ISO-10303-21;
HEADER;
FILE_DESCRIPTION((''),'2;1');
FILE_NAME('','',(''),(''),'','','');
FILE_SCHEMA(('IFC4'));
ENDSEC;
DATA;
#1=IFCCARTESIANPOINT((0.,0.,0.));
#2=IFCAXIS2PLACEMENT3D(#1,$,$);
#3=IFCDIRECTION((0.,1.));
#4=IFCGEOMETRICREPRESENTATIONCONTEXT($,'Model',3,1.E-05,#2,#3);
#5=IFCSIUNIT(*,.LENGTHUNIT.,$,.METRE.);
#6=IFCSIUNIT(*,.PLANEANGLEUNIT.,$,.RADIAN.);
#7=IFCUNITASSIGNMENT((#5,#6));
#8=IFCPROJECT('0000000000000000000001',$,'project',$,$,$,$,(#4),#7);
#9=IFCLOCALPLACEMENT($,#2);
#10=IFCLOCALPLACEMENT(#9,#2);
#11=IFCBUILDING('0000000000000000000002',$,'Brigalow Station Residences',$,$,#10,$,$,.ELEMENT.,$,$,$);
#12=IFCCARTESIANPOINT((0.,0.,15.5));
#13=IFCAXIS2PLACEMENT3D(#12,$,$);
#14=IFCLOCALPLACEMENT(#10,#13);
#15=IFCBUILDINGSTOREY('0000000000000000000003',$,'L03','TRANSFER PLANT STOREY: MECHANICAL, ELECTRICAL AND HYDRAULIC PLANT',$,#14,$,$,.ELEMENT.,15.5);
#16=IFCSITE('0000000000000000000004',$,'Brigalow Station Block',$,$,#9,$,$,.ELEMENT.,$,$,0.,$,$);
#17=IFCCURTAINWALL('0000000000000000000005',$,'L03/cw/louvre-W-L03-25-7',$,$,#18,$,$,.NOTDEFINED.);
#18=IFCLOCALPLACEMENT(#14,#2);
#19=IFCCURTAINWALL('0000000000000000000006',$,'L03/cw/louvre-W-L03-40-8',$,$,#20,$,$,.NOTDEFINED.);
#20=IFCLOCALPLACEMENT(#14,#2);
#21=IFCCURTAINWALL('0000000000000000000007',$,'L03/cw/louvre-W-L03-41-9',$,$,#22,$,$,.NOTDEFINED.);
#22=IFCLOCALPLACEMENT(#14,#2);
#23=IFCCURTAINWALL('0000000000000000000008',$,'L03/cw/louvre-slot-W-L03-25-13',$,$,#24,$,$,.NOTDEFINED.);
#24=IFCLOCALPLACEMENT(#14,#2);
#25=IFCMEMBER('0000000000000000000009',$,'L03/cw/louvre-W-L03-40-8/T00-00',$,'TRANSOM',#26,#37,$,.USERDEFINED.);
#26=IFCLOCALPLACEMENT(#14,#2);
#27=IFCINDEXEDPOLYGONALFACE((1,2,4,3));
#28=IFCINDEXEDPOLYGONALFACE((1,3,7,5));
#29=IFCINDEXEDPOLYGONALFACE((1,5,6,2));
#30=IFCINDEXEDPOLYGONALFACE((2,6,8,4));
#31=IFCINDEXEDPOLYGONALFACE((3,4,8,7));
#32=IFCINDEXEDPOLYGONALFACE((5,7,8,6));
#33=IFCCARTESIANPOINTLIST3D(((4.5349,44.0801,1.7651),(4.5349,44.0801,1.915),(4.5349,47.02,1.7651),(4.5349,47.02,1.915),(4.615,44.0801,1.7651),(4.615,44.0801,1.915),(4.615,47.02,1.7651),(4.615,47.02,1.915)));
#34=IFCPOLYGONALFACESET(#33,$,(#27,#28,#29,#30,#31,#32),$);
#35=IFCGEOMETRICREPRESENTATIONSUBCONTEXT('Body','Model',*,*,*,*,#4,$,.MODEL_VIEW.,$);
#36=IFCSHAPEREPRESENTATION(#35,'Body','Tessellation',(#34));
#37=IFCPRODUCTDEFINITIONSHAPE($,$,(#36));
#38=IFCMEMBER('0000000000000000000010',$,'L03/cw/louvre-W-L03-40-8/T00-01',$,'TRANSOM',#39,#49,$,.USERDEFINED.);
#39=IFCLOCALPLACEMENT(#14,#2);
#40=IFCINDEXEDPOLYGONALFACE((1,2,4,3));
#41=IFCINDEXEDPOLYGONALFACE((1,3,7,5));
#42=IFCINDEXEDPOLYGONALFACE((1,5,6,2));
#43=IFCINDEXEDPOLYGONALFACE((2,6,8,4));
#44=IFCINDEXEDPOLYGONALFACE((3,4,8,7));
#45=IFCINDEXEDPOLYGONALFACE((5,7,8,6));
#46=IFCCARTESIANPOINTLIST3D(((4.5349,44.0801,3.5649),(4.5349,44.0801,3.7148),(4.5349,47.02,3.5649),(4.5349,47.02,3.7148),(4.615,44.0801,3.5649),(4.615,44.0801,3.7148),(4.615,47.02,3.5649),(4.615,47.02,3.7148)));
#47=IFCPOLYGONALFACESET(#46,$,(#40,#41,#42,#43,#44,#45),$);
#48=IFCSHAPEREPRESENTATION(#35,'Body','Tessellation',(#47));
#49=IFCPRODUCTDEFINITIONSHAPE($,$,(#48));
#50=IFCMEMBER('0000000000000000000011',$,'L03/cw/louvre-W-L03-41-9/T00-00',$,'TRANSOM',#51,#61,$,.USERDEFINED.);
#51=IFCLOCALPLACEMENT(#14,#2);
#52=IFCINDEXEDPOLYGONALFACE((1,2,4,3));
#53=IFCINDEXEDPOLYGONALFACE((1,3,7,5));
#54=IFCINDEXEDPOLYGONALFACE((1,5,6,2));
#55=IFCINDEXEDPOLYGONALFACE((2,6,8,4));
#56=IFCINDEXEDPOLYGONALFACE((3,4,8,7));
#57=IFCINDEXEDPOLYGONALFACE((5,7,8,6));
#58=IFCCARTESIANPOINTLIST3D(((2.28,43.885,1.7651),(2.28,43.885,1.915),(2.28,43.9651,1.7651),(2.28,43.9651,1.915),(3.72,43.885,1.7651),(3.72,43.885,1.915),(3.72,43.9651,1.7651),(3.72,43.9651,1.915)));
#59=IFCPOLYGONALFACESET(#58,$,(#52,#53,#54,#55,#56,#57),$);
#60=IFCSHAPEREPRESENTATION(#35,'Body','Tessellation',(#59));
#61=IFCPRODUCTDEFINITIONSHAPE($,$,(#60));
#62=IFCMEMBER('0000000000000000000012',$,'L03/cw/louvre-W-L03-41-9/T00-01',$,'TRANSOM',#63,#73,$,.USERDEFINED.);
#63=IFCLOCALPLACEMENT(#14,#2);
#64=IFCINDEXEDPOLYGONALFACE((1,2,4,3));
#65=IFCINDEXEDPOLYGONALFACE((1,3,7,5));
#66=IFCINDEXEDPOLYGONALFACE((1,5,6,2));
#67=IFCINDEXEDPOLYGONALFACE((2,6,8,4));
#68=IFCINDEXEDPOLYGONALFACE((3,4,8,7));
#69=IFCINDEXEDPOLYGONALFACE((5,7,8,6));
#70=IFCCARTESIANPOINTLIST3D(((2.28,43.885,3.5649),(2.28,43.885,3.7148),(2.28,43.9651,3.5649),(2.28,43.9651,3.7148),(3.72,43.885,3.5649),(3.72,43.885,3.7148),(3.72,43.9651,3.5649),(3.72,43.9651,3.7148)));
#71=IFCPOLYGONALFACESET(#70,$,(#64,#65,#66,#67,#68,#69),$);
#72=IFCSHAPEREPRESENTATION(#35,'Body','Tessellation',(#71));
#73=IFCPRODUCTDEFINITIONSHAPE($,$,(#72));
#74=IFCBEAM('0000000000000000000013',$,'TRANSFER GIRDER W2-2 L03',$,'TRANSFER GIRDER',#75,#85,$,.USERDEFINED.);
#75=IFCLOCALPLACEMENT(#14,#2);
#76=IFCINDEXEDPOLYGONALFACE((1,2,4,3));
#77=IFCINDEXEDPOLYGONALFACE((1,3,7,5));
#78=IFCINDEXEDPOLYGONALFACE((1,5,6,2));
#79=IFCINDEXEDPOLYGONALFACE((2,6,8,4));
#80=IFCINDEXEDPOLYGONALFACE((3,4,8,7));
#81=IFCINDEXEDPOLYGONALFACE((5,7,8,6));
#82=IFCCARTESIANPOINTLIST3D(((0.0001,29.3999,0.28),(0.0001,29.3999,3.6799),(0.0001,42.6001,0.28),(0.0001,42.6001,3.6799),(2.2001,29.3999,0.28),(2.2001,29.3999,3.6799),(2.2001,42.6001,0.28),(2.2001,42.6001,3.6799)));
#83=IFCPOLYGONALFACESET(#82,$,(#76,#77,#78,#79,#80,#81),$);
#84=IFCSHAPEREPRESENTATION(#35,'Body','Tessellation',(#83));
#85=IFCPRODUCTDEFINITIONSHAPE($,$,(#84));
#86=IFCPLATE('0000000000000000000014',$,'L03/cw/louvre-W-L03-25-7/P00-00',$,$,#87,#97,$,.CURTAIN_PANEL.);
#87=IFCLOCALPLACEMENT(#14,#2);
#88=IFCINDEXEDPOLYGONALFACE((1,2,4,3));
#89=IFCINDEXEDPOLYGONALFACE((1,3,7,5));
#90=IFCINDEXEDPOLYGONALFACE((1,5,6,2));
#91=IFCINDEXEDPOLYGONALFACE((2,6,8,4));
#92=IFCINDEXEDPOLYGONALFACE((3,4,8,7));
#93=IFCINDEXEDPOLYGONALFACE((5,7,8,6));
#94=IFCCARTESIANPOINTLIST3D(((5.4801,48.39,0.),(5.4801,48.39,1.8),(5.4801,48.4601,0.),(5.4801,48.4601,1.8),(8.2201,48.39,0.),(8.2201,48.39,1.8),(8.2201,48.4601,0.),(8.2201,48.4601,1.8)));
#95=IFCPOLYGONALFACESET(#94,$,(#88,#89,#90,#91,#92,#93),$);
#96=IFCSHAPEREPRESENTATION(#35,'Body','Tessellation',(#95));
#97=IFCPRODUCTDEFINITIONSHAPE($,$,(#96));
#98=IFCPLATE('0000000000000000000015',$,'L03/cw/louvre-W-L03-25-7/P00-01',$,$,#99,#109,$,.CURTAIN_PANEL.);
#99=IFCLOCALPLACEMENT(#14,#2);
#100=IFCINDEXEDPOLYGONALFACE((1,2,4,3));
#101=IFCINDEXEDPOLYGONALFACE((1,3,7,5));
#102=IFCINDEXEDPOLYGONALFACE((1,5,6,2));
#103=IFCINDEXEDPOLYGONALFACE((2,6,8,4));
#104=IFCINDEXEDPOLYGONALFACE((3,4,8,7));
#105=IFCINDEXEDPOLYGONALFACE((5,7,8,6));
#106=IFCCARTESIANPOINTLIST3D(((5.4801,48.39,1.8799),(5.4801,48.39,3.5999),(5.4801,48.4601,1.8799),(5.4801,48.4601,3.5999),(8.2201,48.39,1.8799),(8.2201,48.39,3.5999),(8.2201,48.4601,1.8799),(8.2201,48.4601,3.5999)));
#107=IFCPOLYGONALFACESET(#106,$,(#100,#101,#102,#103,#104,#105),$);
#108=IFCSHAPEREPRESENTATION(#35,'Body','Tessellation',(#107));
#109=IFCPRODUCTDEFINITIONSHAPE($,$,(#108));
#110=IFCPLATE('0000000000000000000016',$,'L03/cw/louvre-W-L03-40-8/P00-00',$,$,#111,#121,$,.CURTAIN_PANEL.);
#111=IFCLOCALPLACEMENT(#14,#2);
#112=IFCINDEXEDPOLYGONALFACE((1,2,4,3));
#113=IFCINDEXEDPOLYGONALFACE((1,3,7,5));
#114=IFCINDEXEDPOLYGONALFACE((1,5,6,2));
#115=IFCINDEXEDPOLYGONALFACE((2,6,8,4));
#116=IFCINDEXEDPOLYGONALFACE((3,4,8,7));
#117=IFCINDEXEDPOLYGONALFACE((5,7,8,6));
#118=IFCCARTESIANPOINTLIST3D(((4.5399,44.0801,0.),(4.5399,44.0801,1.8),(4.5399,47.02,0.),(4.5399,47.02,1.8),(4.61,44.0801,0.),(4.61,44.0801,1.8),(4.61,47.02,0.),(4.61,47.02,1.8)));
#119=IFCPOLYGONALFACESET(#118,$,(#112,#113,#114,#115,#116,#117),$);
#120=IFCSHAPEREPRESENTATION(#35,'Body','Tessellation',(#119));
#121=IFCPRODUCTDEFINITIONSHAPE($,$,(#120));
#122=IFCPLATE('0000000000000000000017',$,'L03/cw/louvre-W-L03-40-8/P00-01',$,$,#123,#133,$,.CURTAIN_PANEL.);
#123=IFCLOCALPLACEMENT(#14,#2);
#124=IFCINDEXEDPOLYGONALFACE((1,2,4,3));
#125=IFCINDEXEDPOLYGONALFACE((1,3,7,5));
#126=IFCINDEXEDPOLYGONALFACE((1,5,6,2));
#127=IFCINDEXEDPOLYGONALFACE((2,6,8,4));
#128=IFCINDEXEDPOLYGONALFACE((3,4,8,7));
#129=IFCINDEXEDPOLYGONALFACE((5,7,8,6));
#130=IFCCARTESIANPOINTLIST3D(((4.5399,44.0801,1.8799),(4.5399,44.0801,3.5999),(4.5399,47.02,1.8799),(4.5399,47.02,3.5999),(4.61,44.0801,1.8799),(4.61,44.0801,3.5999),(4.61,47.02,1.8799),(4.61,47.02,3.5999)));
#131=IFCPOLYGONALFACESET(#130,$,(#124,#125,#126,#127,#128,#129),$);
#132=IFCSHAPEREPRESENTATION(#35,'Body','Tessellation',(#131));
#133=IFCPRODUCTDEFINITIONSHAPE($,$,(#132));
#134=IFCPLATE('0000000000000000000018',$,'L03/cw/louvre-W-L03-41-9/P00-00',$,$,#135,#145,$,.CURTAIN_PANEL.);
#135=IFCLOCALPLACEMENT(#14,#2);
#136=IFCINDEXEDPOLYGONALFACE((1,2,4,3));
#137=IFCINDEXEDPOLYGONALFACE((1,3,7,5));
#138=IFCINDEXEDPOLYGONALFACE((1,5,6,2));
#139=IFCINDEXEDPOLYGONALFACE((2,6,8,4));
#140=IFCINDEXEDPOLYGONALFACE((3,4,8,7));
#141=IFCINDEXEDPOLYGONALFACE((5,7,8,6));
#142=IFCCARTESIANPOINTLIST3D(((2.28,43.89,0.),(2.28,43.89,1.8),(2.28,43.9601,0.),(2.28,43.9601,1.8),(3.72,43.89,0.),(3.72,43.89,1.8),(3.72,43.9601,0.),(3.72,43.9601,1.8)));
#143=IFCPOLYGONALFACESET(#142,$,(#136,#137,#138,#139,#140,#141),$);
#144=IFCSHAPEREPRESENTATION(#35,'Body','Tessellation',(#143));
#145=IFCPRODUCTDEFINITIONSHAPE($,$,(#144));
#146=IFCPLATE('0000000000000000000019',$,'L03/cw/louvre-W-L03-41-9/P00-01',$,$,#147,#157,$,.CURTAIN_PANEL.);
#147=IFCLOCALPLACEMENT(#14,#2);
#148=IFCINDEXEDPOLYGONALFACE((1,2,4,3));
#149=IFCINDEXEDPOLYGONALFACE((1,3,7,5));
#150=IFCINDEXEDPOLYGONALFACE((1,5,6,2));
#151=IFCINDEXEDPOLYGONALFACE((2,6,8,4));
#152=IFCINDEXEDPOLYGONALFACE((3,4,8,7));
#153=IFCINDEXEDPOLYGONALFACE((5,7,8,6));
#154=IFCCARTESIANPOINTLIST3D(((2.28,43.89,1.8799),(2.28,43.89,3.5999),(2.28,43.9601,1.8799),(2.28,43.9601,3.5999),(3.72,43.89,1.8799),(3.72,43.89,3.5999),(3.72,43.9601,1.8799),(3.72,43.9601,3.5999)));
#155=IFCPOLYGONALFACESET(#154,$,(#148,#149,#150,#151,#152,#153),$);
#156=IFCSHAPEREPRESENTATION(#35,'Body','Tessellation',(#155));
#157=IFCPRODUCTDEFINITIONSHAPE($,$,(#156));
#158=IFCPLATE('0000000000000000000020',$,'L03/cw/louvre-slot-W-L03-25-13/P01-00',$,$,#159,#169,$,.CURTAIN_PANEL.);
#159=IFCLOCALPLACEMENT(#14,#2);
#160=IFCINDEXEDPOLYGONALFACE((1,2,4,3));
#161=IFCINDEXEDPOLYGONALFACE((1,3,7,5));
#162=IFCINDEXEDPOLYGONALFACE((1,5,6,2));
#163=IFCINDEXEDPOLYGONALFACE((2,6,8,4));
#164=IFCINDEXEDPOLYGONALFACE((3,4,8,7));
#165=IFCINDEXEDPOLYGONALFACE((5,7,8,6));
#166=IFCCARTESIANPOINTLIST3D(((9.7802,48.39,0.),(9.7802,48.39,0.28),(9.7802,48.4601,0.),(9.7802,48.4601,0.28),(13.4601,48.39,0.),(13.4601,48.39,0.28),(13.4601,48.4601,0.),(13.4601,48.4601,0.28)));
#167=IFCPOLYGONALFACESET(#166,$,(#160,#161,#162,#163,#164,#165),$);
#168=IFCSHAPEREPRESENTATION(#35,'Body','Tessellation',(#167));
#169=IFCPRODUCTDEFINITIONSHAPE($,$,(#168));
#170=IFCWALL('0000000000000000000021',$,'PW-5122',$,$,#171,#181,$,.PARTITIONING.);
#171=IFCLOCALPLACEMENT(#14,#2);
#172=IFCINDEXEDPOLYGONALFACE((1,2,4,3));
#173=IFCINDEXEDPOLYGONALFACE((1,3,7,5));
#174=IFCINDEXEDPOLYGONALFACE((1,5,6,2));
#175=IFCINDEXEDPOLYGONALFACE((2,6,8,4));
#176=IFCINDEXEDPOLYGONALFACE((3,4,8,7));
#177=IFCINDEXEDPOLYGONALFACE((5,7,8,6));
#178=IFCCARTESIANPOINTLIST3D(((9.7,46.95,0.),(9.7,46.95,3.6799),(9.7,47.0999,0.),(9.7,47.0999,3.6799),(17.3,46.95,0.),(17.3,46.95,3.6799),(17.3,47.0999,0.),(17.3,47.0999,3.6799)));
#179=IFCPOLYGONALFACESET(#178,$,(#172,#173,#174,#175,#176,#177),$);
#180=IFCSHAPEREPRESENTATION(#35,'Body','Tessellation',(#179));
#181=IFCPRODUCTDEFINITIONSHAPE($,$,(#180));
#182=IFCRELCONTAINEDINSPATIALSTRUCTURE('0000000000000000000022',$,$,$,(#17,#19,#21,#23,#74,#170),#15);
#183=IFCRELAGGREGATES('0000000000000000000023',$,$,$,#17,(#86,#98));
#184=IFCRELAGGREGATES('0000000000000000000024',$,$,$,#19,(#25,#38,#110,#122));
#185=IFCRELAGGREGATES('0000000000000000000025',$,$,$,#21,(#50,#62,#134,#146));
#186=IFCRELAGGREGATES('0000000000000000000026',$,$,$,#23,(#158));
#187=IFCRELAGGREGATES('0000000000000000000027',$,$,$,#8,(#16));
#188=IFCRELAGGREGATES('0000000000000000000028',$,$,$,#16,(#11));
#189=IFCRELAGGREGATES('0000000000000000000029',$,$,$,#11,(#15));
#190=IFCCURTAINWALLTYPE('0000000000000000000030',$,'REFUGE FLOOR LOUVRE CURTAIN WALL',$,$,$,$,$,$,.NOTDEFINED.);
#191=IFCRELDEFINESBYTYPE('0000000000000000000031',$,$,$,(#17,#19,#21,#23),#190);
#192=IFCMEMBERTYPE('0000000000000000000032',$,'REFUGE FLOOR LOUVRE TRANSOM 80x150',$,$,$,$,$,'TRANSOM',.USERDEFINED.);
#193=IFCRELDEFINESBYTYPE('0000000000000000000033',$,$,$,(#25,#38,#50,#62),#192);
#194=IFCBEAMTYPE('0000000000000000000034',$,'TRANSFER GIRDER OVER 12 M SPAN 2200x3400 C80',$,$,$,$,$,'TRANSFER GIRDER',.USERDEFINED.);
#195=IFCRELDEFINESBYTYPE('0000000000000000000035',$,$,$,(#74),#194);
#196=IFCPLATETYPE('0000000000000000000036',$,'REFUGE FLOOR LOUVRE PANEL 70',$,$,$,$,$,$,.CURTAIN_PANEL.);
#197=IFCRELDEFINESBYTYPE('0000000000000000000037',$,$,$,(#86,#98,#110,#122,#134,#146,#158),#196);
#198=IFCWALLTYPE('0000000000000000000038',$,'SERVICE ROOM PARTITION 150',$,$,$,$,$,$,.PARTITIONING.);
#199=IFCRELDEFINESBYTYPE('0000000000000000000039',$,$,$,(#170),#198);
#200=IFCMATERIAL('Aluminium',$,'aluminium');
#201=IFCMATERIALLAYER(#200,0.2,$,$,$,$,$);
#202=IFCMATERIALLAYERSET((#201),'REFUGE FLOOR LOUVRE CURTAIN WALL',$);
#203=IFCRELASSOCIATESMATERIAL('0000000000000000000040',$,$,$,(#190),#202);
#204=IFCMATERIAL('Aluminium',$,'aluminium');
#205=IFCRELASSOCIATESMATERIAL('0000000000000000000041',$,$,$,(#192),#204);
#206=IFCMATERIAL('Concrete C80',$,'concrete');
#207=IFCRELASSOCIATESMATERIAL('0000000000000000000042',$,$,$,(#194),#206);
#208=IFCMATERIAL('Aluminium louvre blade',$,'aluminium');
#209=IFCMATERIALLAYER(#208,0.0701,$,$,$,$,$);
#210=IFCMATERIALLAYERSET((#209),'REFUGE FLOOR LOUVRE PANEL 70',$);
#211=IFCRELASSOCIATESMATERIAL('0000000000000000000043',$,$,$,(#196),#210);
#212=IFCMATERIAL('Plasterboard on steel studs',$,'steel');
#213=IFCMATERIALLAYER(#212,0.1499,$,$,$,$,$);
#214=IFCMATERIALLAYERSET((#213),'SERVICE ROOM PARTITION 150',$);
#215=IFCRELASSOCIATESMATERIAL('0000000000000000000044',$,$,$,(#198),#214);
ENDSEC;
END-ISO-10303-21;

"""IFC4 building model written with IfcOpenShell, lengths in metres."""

from ifc_helpers import new_model, si_unit, direction, frame, frame_2d, origin, origin_2d, place, context, subcontext, project, spatial, rectangle, extrude, material, layer, layer_set, material_profile, profile_set, type_object, element, aggregate, save


model = new_model("IFC4")

# Units and contexts
model_context = context("Model", 3, precision=1e-05, world=origin(), true_north=direction((0.0, 1.0)))
body_context = subcontext(model_context, "Body", "Model", "MODEL_VIEW")
ifc_project = project(units=[si_unit("LENGTHUNIT", "METRE"), si_unit("PLANEANGLEUNIT", "RADIAN")], contexts=[model_context])

# Site, building, storey
site_placement = place(None, origin())
site = spatial("IfcSite", under=ifc_project, at=site_placement, Name="Brigalow Station Block", CompositionType="ELEMENT", RefElevation=0.0)
building_placement = place(site_placement, origin())
building = spatial("IfcBuilding", under=site, at=building_placement, Name="Brigalow Station Residences", CompositionType="ELEMENT")
storey_placement = place(building_placement, frame((0.0, 0.0, 15.5)))
storey = spatial("IfcBuildingStorey", under=building, at=storey_placement, Name="L03", Description="TRANSFER PLANT STOREY: MECHANICAL, ELECTRICAL AND HYDRAULIC PLANT", CompositionType="ELEMENT", Elevation=15.5)

# Curtain walls
ifc_material_1 = material(Name="Aluminium", Category="aluminium")
ifc_layer_1 = layer(ifc_material_1, 0.2)
ifc_layer_set_1 = layer_set([ifc_layer_1], Name="REFUGE FLOOR LOUVRE CURTAIN WALL")
curtain_wall_type = type_object("IfcCurtainWallType", Name="REFUGE FLOOR LOUVRE CURTAIN WALL", PredefinedType="NOTDEFINED", material=ifc_layer_set_1)
curtain_wall_1_placement = place(storey_placement, origin())
curtain_wall_1 = element("IfcCurtainWall", 1, at=curtain_wall_1_placement, inside=storey, type_object=curtain_wall_type, Name="L03/cw/louvre-W-L03-25-7", PredefinedType="NOTDEFINED")
curtain_wall_2_placement = place(storey_placement, origin())
curtain_wall_2 = element("IfcCurtainWall", 2, at=curtain_wall_2_placement, inside=storey, type_object=curtain_wall_type, Name="L03/cw/louvre-W-L03-40-8", PredefinedType="NOTDEFINED")
curtain_wall_3_placement = place(storey_placement, origin())
curtain_wall_3 = element("IfcCurtainWall", 3, at=curtain_wall_3_placement, inside=storey, type_object=curtain_wall_type, Name="L03/cw/louvre-W-L03-41-9", PredefinedType="NOTDEFINED")
curtain_wall_4_placement = place(storey_placement, origin())
curtain_wall_4 = element("IfcCurtainWall", 4, at=curtain_wall_4_placement, inside=storey, type_object=curtain_wall_type, Name="L03/cw/louvre-slot-W-L03-25-13", PredefinedType="NOTDEFINED")

# Members
ifc_material_2 = material(Name="Aluminium", Category="aluminium")
ifc_material_profile_1 = material_profile(ifc_material_2, rectangle(XDim=0.0801, YDim=0.1499, at=origin_2d()), Name="REFUGE FLOOR LOUVRE TRANSOM 80x150")
ifc_profile_set_1 = profile_set([ifc_material_profile_1], Name="Aluminium")
member_type_1 = type_object("IfcMemberType", Name="REFUGE FLOOR LOUVRE TRANSOM 80x150", ElementType="TRANSOM", PredefinedType="USERDEFINED", material=ifc_profile_set_1)
member_1_placement = place(storey_placement, frame((4.575, 47.02, 1.8401), z_axis=(0.0, -1.0, 0.0), x_axis=(1.0, 0.0, 0.0)))
member_1 = element("IfcMember", 5, at=member_1_placement, type_object=member_type_1, Name="L03/cw/louvre-W-L03-40-8/T00-00", ObjectType="TRANSOM", PredefinedType="USERDEFINED", context=body_context, shape_type="SweptSolid", body=[
    extrude(rectangle(XDim=0.0801, YDim=0.1499, at=origin_2d()), origin(), (0.0, 0.0, 1.0), 2.9399),
])
member_2_placement = place(storey_placement, frame((4.575, 47.02, 3.6399), z_axis=(0.0, -1.0, 0.0), x_axis=(1.0, 0.0, 0.0)))
member_2 = element("IfcMember", 6, at=member_2_placement, type_object=member_type_1, Name="L03/cw/louvre-W-L03-40-8/T00-01", ObjectType="TRANSOM", PredefinedType="USERDEFINED", context=body_context, shape_type="SweptSolid", body=[
    extrude(rectangle(XDim=0.0801, YDim=0.1499, at=origin_2d()), origin(), (0.0, 0.0, 1.0), 2.9399),
])
member_3_placement = place(storey_placement, frame((3.72, 43.925, 1.8401), z_axis=(-1.0, 0.0, 0.0), x_axis=(0.0, -1.0, 0.0)))
member_3 = element("IfcMember", 7, at=member_3_placement, type_object=member_type_1, Name="L03/cw/louvre-W-L03-41-9/T00-00", ObjectType="TRANSOM", PredefinedType="USERDEFINED", context=body_context, shape_type="SweptSolid", body=[
    extrude(rectangle(XDim=0.0801, YDim=0.1499, at=origin_2d()), origin(), (0.0, 0.0, 1.0), 1.4399),
])
member_4_placement = place(storey_placement, frame((3.72, 43.925, 3.6399), z_axis=(-1.0, 0.0, 0.0), x_axis=(0.0, -1.0, 0.0)))
member_4 = element("IfcMember", 8, at=member_4_placement, type_object=member_type_1, Name="L03/cw/louvre-W-L03-41-9/T00-01", ObjectType="TRANSOM", PredefinedType="USERDEFINED", context=body_context, shape_type="SweptSolid", body=[
    extrude(rectangle(XDim=0.0801, YDim=0.1499, at=origin_2d()), origin(), (0.0, 0.0, 1.0), 1.4399),
])

# Beam
ifc_material_3 = material(Name="Concrete C80", Category="concrete")
ifc_material_profile_2 = material_profile(ifc_material_3, rectangle(XDim=2.2, YDim=3.3999, at=origin_2d()), Name="RC2200x3400")
ifc_profile_set_2 = profile_set([ifc_material_profile_2], Name="Concrete C80")
beam_type = type_object("IfcBeamType", Name="TRANSFER GIRDER OVER 12 M SPAN 2200x3400 C80", ElementType="TRANSFER GIRDER", PredefinedType="USERDEFINED", material=ifc_profile_set_2)
beam_placement = place(storey_placement, frame((1.1001, 42.6001, 1.98), z_axis=(0.0, -1.0, 0.0), x_axis=(1.0, 0.0, 0.0)))
element("IfcBeam", 9, at=beam_placement, inside=storey, type_object=beam_type, Name="TRANSFER GIRDER W2-2 L03", ObjectType="TRANSFER GIRDER", PredefinedType="USERDEFINED", context=body_context, shape_type="SweptSolid", body=[
    extrude(rectangle(XDim=2.2, YDim=3.3999, at=origin_2d()), origin(), (0.0, 0.0, 1.0), 13.2002),
])

# Plates
ifc_material_4 = material(Name="Aluminium louvre blade", Category="aluminium")
ifc_layer_2 = layer(ifc_material_4, 0.0701)
ifc_layer_set_2 = layer_set([ifc_layer_2], Name="REFUGE FLOOR LOUVRE PANEL 70")
plate_type = type_object("IfcPlateType", Name="REFUGE FLOOR LOUVRE PANEL 70", PredefinedType="CURTAIN_PANEL", material=ifc_layer_set_2)
plate_1_placement = place(storey_placement, frame((6.8501, 48.425, 0.0), z_axis=(0.0, 0.0, 1.0), x_axis=(-1.0, 0.0, 0.0)))
plate_1 = element("IfcPlate", 10, at=plate_1_placement, type_object=plate_type, Name="L03/cw/louvre-W-L03-25-7/P00-00", PredefinedType="CURTAIN_PANEL", context=body_context, shape_type="SweptSolid", body=[
    extrude(rectangle(XDim=2.74, YDim=0.0701, at=origin_2d()), origin(), (0.0, 0.0, 1.0), 1.8),
])
plate_2_placement = place(storey_placement, frame((6.8501, 48.425, 1.8799), z_axis=(0.0, 0.0, 1.0), x_axis=(-1.0, 0.0, 0.0)))
plate_2 = element("IfcPlate", 11, at=plate_2_placement, type_object=plate_type, Name="L03/cw/louvre-W-L03-25-7/P00-01", PredefinedType="CURTAIN_PANEL", context=body_context, shape_type="SweptSolid", body=[
    extrude(rectangle(XDim=2.74, YDim=0.0701, at=origin_2d()), origin(), (0.0, 0.0, 1.0), 1.72),
])
aggregate(curtain_wall_1, [plate_1, plate_2])
plate_3_placement = place(storey_placement, frame((4.575, 45.55, 0.0), z_axis=(0.0, 0.0, 1.0), x_axis=(0.0, -1.0, 0.0)))
plate_3 = element("IfcPlate", 12, at=plate_3_placement, type_object=plate_type, Name="L03/cw/louvre-W-L03-40-8/P00-00", PredefinedType="CURTAIN_PANEL", context=body_context, shape_type="SweptSolid", body=[
    extrude(rectangle(XDim=2.9399, YDim=0.0701, at=origin_2d()), origin(), (0.0, 0.0, 1.0), 1.8),
])
plate_4_placement = place(storey_placement, frame((4.575, 45.55, 1.8799), z_axis=(0.0, 0.0, 1.0), x_axis=(0.0, -1.0, 0.0)))
plate_4 = element("IfcPlate", 13, at=plate_4_placement, type_object=plate_type, Name="L03/cw/louvre-W-L03-40-8/P00-01", PredefinedType="CURTAIN_PANEL", context=body_context, shape_type="SweptSolid", body=[
    extrude(rectangle(XDim=2.9399, YDim=0.0701, at=origin_2d()), origin(), (0.0, 0.0, 1.0), 1.72),
])
aggregate(curtain_wall_2, [member_1, member_2, plate_3, plate_4])
plate_5_placement = place(storey_placement, frame((3.0, 43.925, 0.0), z_axis=(0.0, 0.0, 1.0), x_axis=(-1.0, 0.0, 0.0)))
plate_5 = element("IfcPlate", 14, at=plate_5_placement, type_object=plate_type, Name="L03/cw/louvre-W-L03-41-9/P00-00", PredefinedType="CURTAIN_PANEL", context=body_context, shape_type="SweptSolid", body=[
    extrude(rectangle(XDim=1.4399, YDim=0.0701, at=origin_2d()), origin(), (0.0, 0.0, 1.0), 1.8),
])
plate_6_placement = place(storey_placement, frame((3.0, 43.925, 1.8799), z_axis=(0.0, 0.0, 1.0), x_axis=(-1.0, 0.0, 0.0)))
plate_6 = element("IfcPlate", 15, at=plate_6_placement, type_object=plate_type, Name="L03/cw/louvre-W-L03-41-9/P00-01", PredefinedType="CURTAIN_PANEL", context=body_context, shape_type="SweptSolid", body=[
    extrude(rectangle(XDim=1.4399, YDim=0.0701, at=origin_2d()), origin(), (0.0, 0.0, 1.0), 1.72),
])
aggregate(curtain_wall_3, [member_3, member_4, plate_5, plate_6])
plate_7_placement = place(storey_placement, frame((11.6201, 48.425, 0.0), z_axis=(0.0, 0.0, 1.0), x_axis=(-1.0, 0.0, 0.0)))
plate_7 = element("IfcPlate", 16, at=plate_7_placement, type_object=plate_type, Name="L03/cw/louvre-slot-W-L03-25-13/P01-00", PredefinedType="CURTAIN_PANEL", context=body_context, shape_type="SweptSolid", body=[
    extrude(rectangle(XDim=3.6799, YDim=0.0701, at=origin_2d()), origin(), (0.0, 0.0, 1.0), 0.28),
])
aggregate(curtain_wall_4, [plate_7])

# Wall
ifc_material_5 = material(Name="Plasterboard on steel studs", Category="steel")
ifc_layer_3 = layer(ifc_material_5, 0.1499)
ifc_layer_set_3 = layer_set([ifc_layer_3], Name="SERVICE ROOM PARTITION 150")
wall_type = type_object("IfcWallType", Name="SERVICE ROOM PARTITION 150", PredefinedType="PARTITIONING", material=ifc_layer_set_3)
wall_placement = place(storey_placement, frame((9.7, 47.0249, 0.0), z_axis=(0.0, 0.0, 1.0), x_axis=(1.0, 0.0, 0.0)))
element("IfcWall", 17, at=wall_placement, inside=storey, type_object=wall_type, Name="PW-5122", PredefinedType="PARTITIONING", context=body_context, shape_type="SweptSolid", body=[
    extrude(rectangle(XDim=7.6001, YDim=0.1499, at=frame_2d((3.8, 0.0))), origin(), (0.0, 0.0, 1.0), 3.6799),
])

save(model, "model.ifc")
